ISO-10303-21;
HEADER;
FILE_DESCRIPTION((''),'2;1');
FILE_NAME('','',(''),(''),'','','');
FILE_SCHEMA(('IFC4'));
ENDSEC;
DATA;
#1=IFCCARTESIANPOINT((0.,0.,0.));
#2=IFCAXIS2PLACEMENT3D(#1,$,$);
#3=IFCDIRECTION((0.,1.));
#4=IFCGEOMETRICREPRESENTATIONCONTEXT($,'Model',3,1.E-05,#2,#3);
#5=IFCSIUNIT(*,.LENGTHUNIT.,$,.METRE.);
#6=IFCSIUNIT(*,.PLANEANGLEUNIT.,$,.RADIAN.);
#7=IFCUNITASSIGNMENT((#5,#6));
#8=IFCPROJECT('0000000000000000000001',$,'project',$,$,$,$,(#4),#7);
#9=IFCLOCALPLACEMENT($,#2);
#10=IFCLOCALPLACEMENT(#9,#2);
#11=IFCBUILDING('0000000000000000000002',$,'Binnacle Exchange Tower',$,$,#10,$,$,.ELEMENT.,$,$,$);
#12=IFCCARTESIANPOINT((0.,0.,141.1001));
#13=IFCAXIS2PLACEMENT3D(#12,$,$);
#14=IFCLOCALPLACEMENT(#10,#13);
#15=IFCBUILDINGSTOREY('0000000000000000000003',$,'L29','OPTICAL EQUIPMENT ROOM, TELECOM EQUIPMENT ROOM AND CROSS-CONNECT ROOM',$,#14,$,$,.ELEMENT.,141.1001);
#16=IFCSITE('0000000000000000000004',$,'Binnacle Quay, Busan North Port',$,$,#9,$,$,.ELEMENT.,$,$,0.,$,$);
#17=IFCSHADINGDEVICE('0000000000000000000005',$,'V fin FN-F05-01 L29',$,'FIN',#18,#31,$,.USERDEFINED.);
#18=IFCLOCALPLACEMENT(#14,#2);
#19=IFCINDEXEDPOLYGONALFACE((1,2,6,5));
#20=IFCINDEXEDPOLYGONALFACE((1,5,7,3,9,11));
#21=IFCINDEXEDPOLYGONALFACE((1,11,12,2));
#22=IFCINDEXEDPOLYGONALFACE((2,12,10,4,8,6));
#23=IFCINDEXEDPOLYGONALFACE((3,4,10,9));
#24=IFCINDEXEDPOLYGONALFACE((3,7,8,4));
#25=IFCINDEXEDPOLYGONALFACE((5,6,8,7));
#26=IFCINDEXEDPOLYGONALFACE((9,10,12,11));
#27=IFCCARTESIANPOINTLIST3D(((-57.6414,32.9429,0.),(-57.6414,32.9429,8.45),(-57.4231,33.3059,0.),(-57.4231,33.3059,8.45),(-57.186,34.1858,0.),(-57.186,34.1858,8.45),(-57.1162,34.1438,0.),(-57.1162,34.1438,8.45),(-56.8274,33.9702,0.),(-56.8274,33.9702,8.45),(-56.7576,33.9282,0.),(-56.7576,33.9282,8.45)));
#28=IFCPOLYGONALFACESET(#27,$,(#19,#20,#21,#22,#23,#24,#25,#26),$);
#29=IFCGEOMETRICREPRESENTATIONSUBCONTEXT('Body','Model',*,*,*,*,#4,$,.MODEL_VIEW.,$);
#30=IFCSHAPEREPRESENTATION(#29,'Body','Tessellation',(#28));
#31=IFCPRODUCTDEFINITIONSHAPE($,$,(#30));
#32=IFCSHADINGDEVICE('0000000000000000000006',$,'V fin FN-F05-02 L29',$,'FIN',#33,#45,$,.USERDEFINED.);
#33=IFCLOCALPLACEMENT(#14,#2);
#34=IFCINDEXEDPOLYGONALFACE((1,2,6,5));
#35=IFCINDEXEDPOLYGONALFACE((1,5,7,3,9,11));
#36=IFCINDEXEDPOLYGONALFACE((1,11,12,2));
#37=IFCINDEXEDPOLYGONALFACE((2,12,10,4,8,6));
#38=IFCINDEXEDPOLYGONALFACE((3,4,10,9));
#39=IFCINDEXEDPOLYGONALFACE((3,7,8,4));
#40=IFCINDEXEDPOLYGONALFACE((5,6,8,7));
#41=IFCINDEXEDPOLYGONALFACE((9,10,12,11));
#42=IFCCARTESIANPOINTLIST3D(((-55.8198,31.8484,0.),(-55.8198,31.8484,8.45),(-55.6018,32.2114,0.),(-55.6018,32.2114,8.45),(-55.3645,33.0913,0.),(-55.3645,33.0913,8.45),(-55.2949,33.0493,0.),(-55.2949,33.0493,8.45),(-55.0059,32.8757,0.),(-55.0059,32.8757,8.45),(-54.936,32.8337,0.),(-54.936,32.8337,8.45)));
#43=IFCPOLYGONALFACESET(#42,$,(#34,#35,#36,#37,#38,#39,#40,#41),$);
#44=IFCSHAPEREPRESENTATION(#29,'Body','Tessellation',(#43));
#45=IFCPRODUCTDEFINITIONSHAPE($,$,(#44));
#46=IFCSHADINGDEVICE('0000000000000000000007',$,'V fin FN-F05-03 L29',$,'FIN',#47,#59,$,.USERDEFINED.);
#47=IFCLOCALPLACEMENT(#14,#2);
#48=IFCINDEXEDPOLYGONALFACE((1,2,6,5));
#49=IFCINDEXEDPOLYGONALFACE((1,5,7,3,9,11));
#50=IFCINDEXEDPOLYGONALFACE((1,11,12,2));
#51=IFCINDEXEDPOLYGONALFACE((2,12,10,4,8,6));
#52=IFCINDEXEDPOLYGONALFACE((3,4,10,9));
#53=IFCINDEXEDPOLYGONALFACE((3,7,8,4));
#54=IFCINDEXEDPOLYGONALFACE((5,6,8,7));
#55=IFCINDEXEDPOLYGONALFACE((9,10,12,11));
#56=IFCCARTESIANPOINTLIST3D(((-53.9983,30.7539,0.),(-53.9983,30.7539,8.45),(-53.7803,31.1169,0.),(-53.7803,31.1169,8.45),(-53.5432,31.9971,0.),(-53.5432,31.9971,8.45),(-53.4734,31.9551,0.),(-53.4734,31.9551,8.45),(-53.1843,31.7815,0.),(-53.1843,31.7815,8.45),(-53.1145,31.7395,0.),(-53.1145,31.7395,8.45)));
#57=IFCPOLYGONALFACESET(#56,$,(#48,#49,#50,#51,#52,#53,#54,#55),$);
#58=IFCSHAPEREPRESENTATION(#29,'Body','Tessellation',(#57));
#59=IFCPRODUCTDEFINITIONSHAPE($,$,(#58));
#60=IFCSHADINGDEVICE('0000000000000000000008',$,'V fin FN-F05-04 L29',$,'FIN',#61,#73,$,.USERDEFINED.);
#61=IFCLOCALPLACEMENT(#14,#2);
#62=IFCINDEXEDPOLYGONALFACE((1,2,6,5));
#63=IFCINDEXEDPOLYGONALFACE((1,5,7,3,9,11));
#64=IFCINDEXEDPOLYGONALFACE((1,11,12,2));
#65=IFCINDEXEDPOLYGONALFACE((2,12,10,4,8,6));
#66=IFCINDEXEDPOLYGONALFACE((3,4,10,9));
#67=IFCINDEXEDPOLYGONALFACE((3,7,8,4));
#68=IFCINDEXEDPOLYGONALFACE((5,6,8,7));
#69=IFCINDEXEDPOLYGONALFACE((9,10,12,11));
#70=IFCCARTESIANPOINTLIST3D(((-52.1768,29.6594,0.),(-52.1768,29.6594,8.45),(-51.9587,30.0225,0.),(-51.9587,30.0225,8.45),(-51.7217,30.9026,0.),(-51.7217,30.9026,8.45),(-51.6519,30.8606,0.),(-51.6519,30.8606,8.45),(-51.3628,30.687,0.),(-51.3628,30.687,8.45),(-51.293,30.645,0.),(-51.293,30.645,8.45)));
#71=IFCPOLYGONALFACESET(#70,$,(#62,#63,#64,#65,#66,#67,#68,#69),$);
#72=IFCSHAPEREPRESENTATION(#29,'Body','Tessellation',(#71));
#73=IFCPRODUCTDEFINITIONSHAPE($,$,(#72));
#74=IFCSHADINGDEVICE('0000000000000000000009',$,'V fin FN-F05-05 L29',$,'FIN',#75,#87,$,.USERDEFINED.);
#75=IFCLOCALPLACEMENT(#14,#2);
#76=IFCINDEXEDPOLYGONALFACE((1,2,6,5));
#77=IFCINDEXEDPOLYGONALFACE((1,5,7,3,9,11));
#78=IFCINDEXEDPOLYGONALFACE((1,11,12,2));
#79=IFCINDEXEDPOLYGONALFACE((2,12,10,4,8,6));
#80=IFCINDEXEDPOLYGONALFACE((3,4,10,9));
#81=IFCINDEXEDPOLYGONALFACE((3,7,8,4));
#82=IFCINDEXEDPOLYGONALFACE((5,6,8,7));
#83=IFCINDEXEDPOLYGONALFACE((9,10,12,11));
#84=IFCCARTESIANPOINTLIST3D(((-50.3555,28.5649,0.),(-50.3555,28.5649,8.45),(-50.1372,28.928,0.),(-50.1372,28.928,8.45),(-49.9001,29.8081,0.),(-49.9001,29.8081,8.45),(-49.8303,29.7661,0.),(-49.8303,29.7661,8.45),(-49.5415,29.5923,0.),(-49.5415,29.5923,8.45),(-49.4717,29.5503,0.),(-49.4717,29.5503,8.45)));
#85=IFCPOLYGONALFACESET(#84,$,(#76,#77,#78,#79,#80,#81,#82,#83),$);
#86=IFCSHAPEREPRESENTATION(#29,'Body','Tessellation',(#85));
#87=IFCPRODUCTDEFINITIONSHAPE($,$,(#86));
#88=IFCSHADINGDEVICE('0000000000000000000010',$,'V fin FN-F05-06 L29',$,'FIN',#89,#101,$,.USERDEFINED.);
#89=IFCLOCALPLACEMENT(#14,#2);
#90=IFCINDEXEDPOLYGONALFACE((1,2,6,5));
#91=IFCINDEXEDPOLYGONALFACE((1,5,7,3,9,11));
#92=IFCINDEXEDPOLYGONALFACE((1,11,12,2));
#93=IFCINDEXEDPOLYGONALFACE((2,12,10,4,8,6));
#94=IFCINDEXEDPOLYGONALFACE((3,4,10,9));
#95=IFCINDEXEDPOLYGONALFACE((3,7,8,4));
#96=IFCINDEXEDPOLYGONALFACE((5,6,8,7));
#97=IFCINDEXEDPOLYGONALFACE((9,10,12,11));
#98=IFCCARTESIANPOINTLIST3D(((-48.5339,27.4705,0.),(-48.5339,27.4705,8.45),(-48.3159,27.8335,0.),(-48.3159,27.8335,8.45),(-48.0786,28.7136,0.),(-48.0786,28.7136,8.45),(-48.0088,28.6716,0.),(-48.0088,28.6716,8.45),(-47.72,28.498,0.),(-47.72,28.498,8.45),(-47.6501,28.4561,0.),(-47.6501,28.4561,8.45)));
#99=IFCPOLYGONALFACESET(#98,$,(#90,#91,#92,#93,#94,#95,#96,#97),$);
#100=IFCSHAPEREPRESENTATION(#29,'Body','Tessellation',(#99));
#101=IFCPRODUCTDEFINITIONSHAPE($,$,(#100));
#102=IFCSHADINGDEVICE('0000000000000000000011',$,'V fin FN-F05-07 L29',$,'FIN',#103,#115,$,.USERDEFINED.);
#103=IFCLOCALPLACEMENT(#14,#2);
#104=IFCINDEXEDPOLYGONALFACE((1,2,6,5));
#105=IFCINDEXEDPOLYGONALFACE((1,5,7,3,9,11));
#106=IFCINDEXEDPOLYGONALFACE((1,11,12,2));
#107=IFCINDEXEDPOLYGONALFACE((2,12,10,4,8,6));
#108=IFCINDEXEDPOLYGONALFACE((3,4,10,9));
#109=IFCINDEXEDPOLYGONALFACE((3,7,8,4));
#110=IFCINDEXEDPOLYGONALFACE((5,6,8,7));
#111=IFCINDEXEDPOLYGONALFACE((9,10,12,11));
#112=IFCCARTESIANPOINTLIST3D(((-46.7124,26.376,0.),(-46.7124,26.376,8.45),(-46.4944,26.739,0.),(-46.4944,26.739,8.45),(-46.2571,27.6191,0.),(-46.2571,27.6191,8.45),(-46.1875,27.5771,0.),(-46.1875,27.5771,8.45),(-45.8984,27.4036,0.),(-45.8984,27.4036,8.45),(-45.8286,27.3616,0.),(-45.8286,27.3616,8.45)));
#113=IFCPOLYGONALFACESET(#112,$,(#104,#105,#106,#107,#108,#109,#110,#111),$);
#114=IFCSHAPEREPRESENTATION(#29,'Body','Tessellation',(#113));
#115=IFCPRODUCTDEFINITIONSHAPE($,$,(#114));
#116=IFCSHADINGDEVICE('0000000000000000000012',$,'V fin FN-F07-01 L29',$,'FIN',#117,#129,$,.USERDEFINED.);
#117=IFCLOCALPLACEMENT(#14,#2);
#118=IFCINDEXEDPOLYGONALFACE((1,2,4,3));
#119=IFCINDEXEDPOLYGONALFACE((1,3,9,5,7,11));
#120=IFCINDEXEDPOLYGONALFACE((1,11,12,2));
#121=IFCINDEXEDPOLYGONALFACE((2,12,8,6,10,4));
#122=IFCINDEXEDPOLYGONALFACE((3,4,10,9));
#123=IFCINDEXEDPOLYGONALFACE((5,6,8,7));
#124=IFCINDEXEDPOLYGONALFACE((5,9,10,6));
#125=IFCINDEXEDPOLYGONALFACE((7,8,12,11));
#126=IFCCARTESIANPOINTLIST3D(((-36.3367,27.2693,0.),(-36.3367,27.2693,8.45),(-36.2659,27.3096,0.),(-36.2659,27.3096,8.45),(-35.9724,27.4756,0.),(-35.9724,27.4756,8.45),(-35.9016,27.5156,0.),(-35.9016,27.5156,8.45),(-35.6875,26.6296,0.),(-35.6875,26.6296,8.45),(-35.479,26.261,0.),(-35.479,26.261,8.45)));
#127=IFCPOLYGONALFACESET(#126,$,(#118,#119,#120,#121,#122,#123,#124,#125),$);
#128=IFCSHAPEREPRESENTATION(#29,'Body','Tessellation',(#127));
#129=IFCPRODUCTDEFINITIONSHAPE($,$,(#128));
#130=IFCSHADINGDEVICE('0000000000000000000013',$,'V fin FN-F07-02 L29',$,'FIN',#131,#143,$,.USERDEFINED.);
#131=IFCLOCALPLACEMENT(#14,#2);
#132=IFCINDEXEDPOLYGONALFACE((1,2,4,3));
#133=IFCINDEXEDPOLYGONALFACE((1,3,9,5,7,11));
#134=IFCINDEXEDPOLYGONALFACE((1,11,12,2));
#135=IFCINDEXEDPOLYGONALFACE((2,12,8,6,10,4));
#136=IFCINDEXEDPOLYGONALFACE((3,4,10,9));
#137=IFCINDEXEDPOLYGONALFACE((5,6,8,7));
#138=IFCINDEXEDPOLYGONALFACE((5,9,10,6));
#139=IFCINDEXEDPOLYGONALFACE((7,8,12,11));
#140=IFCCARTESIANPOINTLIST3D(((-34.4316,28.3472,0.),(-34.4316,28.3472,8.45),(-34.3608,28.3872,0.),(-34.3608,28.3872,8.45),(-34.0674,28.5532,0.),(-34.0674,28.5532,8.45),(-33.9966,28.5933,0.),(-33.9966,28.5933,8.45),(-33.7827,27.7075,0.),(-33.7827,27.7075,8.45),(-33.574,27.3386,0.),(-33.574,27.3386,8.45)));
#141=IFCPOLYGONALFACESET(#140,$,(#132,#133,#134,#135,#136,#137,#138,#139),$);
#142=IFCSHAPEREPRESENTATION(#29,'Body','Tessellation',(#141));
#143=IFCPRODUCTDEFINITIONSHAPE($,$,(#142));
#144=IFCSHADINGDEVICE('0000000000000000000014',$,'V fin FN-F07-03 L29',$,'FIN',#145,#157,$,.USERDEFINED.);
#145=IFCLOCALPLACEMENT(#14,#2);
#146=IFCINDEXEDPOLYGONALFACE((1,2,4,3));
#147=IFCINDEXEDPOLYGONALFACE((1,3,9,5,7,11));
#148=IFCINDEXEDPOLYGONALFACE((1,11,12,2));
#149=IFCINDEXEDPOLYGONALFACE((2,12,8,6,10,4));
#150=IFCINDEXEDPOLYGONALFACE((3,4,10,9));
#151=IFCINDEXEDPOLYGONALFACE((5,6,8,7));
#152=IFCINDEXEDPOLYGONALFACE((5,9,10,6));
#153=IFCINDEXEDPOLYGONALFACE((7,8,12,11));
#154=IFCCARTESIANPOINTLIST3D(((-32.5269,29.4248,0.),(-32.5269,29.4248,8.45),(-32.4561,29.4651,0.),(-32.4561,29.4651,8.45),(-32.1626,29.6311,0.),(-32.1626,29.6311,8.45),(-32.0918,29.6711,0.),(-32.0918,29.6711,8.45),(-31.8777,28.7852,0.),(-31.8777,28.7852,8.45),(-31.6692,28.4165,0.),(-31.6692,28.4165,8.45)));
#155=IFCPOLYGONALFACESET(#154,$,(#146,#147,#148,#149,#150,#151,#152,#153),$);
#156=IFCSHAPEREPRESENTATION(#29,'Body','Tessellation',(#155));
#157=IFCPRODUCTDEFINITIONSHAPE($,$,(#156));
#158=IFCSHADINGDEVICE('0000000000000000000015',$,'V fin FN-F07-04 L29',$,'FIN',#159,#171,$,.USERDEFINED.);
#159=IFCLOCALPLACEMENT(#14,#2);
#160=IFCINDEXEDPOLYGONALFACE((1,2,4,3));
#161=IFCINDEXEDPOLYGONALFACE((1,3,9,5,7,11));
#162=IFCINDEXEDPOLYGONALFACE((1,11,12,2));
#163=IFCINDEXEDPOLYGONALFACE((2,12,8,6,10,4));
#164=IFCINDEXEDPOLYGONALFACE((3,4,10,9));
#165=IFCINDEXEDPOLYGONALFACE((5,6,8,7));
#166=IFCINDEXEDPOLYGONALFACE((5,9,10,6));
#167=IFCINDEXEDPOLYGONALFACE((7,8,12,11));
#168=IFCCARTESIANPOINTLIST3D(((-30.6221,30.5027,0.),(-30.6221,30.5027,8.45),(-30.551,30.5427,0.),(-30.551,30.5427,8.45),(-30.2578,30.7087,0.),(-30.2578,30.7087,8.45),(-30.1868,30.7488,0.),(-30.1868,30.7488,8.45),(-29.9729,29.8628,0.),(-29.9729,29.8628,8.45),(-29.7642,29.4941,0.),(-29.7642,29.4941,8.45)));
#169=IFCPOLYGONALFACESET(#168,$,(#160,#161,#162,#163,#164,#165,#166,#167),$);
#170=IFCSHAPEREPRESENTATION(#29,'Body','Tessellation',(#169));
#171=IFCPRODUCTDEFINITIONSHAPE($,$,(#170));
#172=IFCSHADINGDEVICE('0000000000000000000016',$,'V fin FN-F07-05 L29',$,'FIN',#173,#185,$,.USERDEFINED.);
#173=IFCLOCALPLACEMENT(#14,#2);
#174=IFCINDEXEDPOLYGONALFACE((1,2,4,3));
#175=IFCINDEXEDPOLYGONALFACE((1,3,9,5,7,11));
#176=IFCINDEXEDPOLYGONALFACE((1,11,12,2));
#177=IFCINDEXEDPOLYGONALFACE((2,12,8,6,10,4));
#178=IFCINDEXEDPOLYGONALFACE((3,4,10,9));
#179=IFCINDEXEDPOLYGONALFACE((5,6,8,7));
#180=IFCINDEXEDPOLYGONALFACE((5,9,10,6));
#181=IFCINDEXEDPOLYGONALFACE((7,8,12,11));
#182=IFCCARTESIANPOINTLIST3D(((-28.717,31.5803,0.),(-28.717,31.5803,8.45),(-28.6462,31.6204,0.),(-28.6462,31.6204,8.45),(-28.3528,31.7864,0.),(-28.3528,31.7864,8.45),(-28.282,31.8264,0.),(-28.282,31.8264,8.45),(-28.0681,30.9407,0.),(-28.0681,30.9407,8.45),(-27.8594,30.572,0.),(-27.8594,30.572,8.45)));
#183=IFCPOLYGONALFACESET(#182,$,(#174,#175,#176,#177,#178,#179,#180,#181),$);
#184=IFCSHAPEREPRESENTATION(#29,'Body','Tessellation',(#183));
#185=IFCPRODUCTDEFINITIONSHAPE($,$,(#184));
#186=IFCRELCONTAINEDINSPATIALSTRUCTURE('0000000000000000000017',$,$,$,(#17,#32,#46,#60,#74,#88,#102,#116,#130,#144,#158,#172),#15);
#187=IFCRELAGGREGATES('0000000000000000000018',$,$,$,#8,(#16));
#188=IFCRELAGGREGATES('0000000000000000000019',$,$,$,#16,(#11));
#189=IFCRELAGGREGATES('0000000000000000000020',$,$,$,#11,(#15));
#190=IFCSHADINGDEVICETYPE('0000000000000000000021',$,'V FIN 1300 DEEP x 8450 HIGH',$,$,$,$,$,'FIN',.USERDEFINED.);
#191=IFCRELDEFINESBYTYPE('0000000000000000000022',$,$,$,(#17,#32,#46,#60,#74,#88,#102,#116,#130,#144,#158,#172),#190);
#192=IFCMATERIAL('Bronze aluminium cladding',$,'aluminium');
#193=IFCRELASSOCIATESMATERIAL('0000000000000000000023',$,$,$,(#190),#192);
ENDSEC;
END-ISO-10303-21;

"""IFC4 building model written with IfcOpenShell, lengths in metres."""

from ifc_helpers import new_model, si_unit, direction, frame, origin, place, context, subcontext, project, spatial, polyline, outline, extrude, material, type_object, element, save


model = new_model("IFC4")

# Units and contexts
model_context = context("Model", 3, precision=1e-05, world=origin(), true_north=direction((0.0, 1.0)))
body_context = subcontext(model_context, "Body", "Model", "MODEL_VIEW")
ifc_project = project(units=[si_unit("LENGTHUNIT", "METRE"), si_unit("PLANEANGLEUNIT", "RADIAN")], contexts=[model_context])

# Site, building, storey
site_placement = place(None, origin())
site = spatial("IfcSite", under=ifc_project, at=site_placement, Name="Binnacle Quay, Busan North Port", CompositionType="ELEMENT", RefElevation=0.0)
building_placement = place(site_placement, origin())
building = spatial("IfcBuilding", under=site, at=building_placement, Name="Binnacle Exchange Tower", CompositionType="ELEMENT")
storey_placement = place(building_placement, frame((0.0, 0.0, 141.1001)))
storey = spatial("IfcBuildingStorey", under=building, at=storey_placement, Name="L29", Description="OPTICAL EQUIPMENT ROOM, TELECOM EQUIPMENT ROOM AND CROSS-CONNECT ROOM", CompositionType="ELEMENT", Elevation=141.1001)

# Shading devices
ifc_material = material(Name="Bronze aluminium cladding", Category="aluminium")
shading_device_type = type_object("IfcShadingDeviceType", Name="V FIN 1300 DEEP x 8450 HIGH", ElementType="FIN", PredefinedType="USERDEFINED", material=ifc_material)
shading_device_1_placement = place(storey_placement, origin())
element("IfcShadingDevice", 1, at=shading_device_1_placement, inside=storey, type_object=shading_device_type, Name="V fin FN-F05-01 L29", ObjectType="FIN", PredefinedType="USERDEFINED", context=body_context, shape_type="SweptSolid", body=[
    extrude(outline(polyline([(-57.186, 34.1858), (-57.6414, 32.9429), (-56.7576, 33.9282), (-56.8274, 33.9702), (-57.4231, 33.3059), (-57.1162, 34.1438), (-57.186, 34.1858)])), origin(), (0.0, 0.0, 1.0), 8.45),
])
shading_device_2_placement = place(storey_placement, origin())
element("IfcShadingDevice", 2, at=shading_device_2_placement, inside=storey, type_object=shading_device_type, Name="V fin FN-F05-02 L29", ObjectType="FIN", PredefinedType="USERDEFINED", context=body_context, shape_type="SweptSolid", body=[
    extrude(outline(polyline([(-55.3645, 33.0913), (-55.8198, 31.8484), (-54.936, 32.8337), (-55.0059, 32.8757), (-55.6018, 32.2114), (-55.2949, 33.0493), (-55.3645, 33.0913)])), origin(), (0.0, 0.0, 1.0), 8.45),
])
shading_device_3_placement = place(storey_placement, origin())
element("IfcShadingDevice", 3, at=shading_device_3_placement, inside=storey, type_object=shading_device_type, Name="V fin FN-F05-03 L29", ObjectType="FIN", PredefinedType="USERDEFINED", context=body_context, shape_type="SweptSolid", body=[
    extrude(outline(polyline([(-53.5432, 31.9971), (-53.9983, 30.7539), (-53.1145, 31.7395), (-53.1843, 31.7815), (-53.7803, 31.1169), (-53.4734, 31.9551), (-53.5432, 31.9971)])), origin(), (0.0, 0.0, 1.0), 8.45),
])
shading_device_4_placement = place(storey_placement, origin())
element("IfcShadingDevice", 4, at=shading_device_4_placement, inside=storey, type_object=shading_device_type, Name="V fin FN-F05-04 L29", ObjectType="FIN", PredefinedType="USERDEFINED", context=body_context, shape_type="SweptSolid", body=[
    extrude(outline(polyline([(-51.7217, 30.9026), (-52.1768, 29.6594), (-51.293, 30.645), (-51.3628, 30.687), (-51.9587, 30.0225), (-51.6519, 30.8606), (-51.7217, 30.9026)])), origin(), (0.0, 0.0, 1.0), 8.45),
])
shading_device_5_placement = place(storey_placement, origin())
element("IfcShadingDevice", 5, at=shading_device_5_placement, inside=storey, type_object=shading_device_type, Name="V fin FN-F05-05 L29", ObjectType="FIN", PredefinedType="USERDEFINED", context=body_context, shape_type="SweptSolid", body=[
    extrude(outline(polyline([(-49.9001, 29.8081), (-50.3555, 28.5649), (-49.4717, 29.5503), (-49.5415, 29.5923), (-50.1372, 28.928), (-49.8303, 29.7661), (-49.9001, 29.8081)])), origin(), (0.0, 0.0, 1.0), 8.45),
])
shading_device_6_placement = place(storey_placement, origin())
element("IfcShadingDevice", 6, at=shading_device_6_placement, inside=storey, type_object=shading_device_type, Name="V fin FN-F05-06 L29", ObjectType="FIN", PredefinedType="USERDEFINED", context=body_context, shape_type="SweptSolid", body=[
    extrude(outline(polyline([(-48.0786, 28.7136), (-48.5339, 27.4705), (-47.6501, 28.4561), (-47.72, 28.498), (-48.3159, 27.8335), (-48.0088, 28.6716), (-48.0786, 28.7136)])), origin(), (0.0, 0.0, 1.0), 8.45),
])
shading_device_7_placement = place(storey_placement, origin())
element("IfcShadingDevice", 7, at=shading_device_7_placement, inside=storey, type_object=shading_device_type, Name="V fin FN-F05-07 L29", ObjectType="FIN", PredefinedType="USERDEFINED", context=body_context, shape_type="SweptSolid", body=[
    extrude(outline(polyline([(-46.2571, 27.6191), (-46.7124, 26.376), (-45.8286, 27.3616), (-45.8984, 27.4036), (-46.4944, 26.739), (-46.1875, 27.5771), (-46.2571, 27.6191)])), origin(), (0.0, 0.0, 1.0), 8.45),
])
shading_device_8_placement = place(storey_placement, origin())
element("IfcShadingDevice", 8, at=shading_device_8_placement, inside=storey, type_object=shading_device_type, Name="V fin FN-F07-01 L29", ObjectType="FIN", PredefinedType="USERDEFINED", context=body_context, shape_type="SweptSolid", body=[
    extrude(outline(polyline([(-36.3367, 27.2693), (-35.479, 26.261), (-35.9016, 27.5156), (-35.9724, 27.4756), (-35.6875, 26.6296), (-36.2659, 27.3096), (-36.3367, 27.2693)])), origin(), (0.0, 0.0, 1.0), 8.45),
])
shading_device_9_placement = place(storey_placement, origin())
element("IfcShadingDevice", 9, at=shading_device_9_placement, inside=storey, type_object=shading_device_type, Name="V fin FN-F07-02 L29", ObjectType="FIN", PredefinedType="USERDEFINED", context=body_context, shape_type="SweptSolid", body=[
    extrude(outline(polyline([(-34.4316, 28.3472), (-33.574, 27.3386), (-33.9966, 28.5933), (-34.0674, 28.5532), (-33.7827, 27.7075), (-34.3608, 28.3872), (-34.4316, 28.3472)])), origin(), (0.0, 0.0, 1.0), 8.45),
])
shading_device_10_placement = place(storey_placement, origin())
element("IfcShadingDevice", 10, at=shading_device_10_placement, inside=storey, type_object=shading_device_type, Name="V fin FN-F07-03 L29", ObjectType="FIN", PredefinedType="USERDEFINED", context=body_context, shape_type="SweptSolid", body=[
    extrude(outline(polyline([(-32.5269, 29.4248), (-31.6692, 28.4165), (-32.0918, 29.6711), (-32.1626, 29.6311), (-31.8777, 28.7852), (-32.4561, 29.4651), (-32.5269, 29.4248)])), origin(), (0.0, 0.0, 1.0), 8.45),
])
shading_device_11_placement = place(storey_placement, origin())
element("IfcShadingDevice", 11, at=shading_device_11_placement, inside=storey, type_object=shading_device_type, Name="V fin FN-F07-04 L29", ObjectType="FIN", PredefinedType="USERDEFINED", context=body_context, shape_type="SweptSolid", body=[
    extrude(outline(polyline([(-30.6221, 30.5027), (-29.7642, 29.4941), (-30.1868, 30.7488), (-30.2578, 30.7087), (-29.9729, 29.8628), (-30.551, 30.5427), (-30.6221, 30.5027)])), origin(), (0.0, 0.0, 1.0), 8.45),
])
shading_device_12_placement = place(storey_placement, origin())
element("IfcShadingDevice", 12, at=shading_device_12_placement, inside=storey, type_object=shading_device_type, Name="V fin FN-F07-05 L29", ObjectType="FIN", PredefinedType="USERDEFINED", context=body_context, shape_type="SweptSolid", body=[
    extrude(outline(polyline([(-28.717, 31.5803), (-27.8594, 30.572), (-28.282, 31.8264), (-28.3528, 31.7864), (-28.0681, 30.9407), (-28.6462, 31.6204), (-28.717, 31.5803)])), origin(), (0.0, 0.0, 1.0), 8.45),
])

save(model, "model.ifc")
